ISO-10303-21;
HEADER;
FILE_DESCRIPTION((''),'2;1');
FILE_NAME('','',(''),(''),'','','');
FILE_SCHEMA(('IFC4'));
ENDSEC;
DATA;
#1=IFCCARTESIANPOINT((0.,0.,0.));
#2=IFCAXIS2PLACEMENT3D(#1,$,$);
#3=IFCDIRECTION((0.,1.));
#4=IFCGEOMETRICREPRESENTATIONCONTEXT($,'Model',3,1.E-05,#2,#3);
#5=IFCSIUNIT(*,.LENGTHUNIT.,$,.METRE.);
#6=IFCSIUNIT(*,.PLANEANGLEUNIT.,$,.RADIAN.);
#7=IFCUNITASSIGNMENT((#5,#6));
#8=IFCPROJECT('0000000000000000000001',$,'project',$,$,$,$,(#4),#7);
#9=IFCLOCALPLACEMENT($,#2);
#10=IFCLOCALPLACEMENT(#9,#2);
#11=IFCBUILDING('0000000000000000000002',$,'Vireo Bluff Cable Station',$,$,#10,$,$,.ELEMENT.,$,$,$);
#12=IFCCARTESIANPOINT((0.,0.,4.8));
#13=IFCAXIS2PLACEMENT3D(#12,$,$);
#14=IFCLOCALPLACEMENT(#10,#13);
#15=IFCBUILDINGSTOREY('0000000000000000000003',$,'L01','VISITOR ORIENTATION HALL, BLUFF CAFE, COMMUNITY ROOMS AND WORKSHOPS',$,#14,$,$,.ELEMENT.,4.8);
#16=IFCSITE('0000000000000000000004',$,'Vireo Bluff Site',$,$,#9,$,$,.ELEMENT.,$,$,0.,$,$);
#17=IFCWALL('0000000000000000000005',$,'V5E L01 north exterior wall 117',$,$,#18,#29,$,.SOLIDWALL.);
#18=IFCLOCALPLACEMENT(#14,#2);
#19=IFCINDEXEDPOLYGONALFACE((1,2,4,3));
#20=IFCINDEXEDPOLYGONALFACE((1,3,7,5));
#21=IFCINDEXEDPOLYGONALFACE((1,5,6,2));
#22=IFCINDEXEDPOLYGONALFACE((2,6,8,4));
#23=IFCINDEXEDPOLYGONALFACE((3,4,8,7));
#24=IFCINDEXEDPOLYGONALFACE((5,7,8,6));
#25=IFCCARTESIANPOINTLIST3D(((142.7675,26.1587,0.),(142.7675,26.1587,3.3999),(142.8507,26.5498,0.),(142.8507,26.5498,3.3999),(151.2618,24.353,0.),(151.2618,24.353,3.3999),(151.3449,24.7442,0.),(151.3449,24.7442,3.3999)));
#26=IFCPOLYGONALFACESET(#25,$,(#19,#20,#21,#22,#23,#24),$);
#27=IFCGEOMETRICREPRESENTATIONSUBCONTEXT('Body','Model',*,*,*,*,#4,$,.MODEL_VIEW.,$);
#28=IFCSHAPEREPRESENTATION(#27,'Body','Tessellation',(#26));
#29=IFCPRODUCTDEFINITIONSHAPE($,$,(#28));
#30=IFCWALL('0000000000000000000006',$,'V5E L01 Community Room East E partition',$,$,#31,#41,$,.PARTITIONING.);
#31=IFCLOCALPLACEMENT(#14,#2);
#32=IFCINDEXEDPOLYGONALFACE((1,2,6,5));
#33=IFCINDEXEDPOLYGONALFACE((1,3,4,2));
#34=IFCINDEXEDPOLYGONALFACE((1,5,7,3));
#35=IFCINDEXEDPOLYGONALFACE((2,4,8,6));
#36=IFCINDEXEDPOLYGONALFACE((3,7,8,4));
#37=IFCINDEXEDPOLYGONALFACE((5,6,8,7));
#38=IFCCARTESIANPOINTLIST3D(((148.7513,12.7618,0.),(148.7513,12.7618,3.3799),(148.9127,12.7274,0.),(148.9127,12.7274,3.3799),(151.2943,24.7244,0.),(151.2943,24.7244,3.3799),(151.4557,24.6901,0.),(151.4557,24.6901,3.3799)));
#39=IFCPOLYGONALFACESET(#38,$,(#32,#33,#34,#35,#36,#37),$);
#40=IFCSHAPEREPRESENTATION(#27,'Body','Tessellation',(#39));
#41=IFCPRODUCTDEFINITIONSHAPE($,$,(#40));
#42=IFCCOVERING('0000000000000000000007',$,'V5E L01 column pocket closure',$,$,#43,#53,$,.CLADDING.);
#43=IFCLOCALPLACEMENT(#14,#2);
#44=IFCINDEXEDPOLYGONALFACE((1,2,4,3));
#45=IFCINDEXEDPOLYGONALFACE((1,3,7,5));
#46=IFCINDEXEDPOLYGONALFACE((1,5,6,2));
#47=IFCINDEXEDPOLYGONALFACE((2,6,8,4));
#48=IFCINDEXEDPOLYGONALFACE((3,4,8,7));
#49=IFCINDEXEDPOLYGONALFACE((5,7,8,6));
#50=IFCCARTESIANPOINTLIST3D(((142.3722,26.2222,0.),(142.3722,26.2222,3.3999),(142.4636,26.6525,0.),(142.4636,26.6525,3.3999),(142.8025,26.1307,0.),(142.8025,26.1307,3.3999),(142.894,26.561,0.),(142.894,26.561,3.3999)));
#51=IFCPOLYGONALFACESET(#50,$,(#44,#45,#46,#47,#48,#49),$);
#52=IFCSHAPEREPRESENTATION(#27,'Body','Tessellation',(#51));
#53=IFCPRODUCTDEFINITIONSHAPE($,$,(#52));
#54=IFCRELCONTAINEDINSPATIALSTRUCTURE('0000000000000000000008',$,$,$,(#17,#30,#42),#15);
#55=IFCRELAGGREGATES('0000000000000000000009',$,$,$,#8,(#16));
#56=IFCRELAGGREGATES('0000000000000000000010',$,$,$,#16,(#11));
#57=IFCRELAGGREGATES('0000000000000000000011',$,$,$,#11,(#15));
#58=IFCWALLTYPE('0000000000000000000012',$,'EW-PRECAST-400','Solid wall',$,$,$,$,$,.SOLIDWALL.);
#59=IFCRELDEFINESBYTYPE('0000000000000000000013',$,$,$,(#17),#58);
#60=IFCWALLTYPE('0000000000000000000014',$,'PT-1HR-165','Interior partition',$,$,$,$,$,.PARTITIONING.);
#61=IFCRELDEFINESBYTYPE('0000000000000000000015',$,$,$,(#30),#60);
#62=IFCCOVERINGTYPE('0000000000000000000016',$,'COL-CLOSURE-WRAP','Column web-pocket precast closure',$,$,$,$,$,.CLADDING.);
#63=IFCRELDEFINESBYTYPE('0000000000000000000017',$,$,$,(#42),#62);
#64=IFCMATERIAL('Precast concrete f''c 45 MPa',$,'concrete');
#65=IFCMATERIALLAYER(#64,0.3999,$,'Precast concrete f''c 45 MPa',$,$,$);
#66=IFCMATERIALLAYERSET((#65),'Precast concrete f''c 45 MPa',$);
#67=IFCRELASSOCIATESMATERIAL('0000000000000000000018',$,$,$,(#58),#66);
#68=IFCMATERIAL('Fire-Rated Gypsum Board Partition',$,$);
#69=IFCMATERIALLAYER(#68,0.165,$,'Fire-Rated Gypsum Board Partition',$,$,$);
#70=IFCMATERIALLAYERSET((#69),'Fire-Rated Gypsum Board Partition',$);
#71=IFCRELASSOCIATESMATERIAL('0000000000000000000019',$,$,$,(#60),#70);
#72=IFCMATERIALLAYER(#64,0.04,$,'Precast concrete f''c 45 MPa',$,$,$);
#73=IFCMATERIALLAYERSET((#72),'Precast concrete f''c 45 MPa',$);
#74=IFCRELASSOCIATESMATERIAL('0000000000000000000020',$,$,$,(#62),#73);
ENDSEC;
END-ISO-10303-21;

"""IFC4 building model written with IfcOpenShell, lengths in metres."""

from ifc_helpers import new_model, si_unit, direction, frame, frame_2d, origin, origin_2d, place, context, subcontext, project, spatial, rectangle, extrude, material, layer, layer_set, type_object, element, save


model = new_model("IFC4")

# Units and contexts
model_context = context("Model", 3, precision=1e-05, world=origin(), true_north=direction((0.0, 1.0)))
body_context = subcontext(model_context, "Body", "Model", "MODEL_VIEW")
ifc_project = project(units=[si_unit("LENGTHUNIT", "METRE"), si_unit("PLANEANGLEUNIT", "RADIAN")], contexts=[model_context])

# Site, building, storey
site_placement = place(None, origin())
site = spatial("IfcSite", under=ifc_project, at=site_placement, Name="Vireo Bluff Site", CompositionType="ELEMENT", RefElevation=0.0)
building_placement = place(site_placement, origin())
building = spatial("IfcBuilding", under=site, at=building_placement, Name="Vireo Bluff Cable Station", CompositionType="ELEMENT")
storey_placement = place(building_placement, frame((0.0, 0.0, 4.8)))
storey = spatial("IfcBuildingStorey", under=building, at=storey_placement, Name="L01", Description="VISITOR ORIENTATION HALL, BLUFF CAFE, COMMUNITY ROOMS AND WORKSHOPS", CompositionType="ELEMENT", Elevation=4.8)

# Walls
ifc_material_1 = material(Name="Precast concrete f'c 45 MPa", Category="concrete")
ifc_layer_1 = layer(ifc_material_1, 0.3999, Name="Precast concrete f'c 45 MPa")
ifc_layer_set_1 = layer_set([ifc_layer_1], Name="Precast concrete f'c 45 MPa")
wall_type_1 = type_object("IfcWallType", Name="EW-PRECAST-400", Description="Solid wall", PredefinedType="SOLIDWALL", material=ifc_layer_set_1)
wall_1_placement = place(storey_placement, frame((142.8091, 26.3542, 0.0), z_axis=(0.0, 0.0, 1.0), x_axis=(0.978145, -0.207926, 0.0)))
element("IfcWall", 1, at=wall_1_placement, inside=storey, type_object=wall_type_1, Name="V5E L01 north exterior wall 117", PredefinedType="SOLIDWALL", context=body_context, shape_type="SweptSolid", body=[
    extrude(rectangle(XDim=8.6841, YDim=0.3999, at=frame_2d((4.342, 0.0))), origin(), (0.0, 0.0, 1.0), 3.3999),
])
ifc_material_2 = material(Name="Fire-Rated Gypsum Board Partition")
ifc_layer_2 = layer(ifc_material_2, 0.165, Name="Fire-Rated Gypsum Board Partition")
ifc_layer_set_2 = layer_set([ifc_layer_2], Name="Fire-Rated Gypsum Board Partition")
wall_type_2 = type_object("IfcWallType", Name="PT-1HR-165", Description="Interior partition", PredefinedType="PARTITIONING", material=ifc_layer_set_2)
wall_2_placement = place(storey_placement, frame((151.375, 24.7073, 0.0), z_axis=(0.0, 0.0, 1.0), x_axis=(-0.20793, -0.978144, 0.0)))
element("IfcWall", 2, at=wall_2_placement, inside=storey, type_object=wall_type_2, Name="V5E L01 Community Room East E partition", PredefinedType="PARTITIONING", context=body_context, shape_type="SweptSolid", body=[
    extrude(rectangle(XDim=12.23, YDim=0.165, at=frame_2d((6.115, 0.0))), origin(), (0.0, 0.0, 1.0), 3.3799),
])

# Covering
ifc_layer_3 = layer(ifc_material_1, 0.04, Name="Precast concrete f'c 45 MPa")
ifc_layer_set_3 = layer_set([ifc_layer_3], Name="Precast concrete f'c 45 MPa")
covering_type = type_object("IfcCoveringType", Name="COL-CLOSURE-WRAP", Description="Column web-pocket precast closure", PredefinedType="CLADDING", material=ifc_layer_set_3)
covering_placement = place(storey_placement, frame((142.6331, 26.3916, 0.0), z_axis=(0.0, 0.0, 1.0), x_axis=(0.978148, -0.207912, 0.0)))
element("IfcCovering", 3, at=covering_placement, inside=storey, type_object=covering_type, Name="V5E L01 column pocket closure", PredefinedType="CLADDING", context=body_context, shape_type="SweptSolid", body=[
    extrude(rectangle(XDim=0.4399, YDim=0.4399, at=origin_2d()), origin(), (0.0, 0.0, 1.0), 3.3999),
])

save(model, "model.ifc")
